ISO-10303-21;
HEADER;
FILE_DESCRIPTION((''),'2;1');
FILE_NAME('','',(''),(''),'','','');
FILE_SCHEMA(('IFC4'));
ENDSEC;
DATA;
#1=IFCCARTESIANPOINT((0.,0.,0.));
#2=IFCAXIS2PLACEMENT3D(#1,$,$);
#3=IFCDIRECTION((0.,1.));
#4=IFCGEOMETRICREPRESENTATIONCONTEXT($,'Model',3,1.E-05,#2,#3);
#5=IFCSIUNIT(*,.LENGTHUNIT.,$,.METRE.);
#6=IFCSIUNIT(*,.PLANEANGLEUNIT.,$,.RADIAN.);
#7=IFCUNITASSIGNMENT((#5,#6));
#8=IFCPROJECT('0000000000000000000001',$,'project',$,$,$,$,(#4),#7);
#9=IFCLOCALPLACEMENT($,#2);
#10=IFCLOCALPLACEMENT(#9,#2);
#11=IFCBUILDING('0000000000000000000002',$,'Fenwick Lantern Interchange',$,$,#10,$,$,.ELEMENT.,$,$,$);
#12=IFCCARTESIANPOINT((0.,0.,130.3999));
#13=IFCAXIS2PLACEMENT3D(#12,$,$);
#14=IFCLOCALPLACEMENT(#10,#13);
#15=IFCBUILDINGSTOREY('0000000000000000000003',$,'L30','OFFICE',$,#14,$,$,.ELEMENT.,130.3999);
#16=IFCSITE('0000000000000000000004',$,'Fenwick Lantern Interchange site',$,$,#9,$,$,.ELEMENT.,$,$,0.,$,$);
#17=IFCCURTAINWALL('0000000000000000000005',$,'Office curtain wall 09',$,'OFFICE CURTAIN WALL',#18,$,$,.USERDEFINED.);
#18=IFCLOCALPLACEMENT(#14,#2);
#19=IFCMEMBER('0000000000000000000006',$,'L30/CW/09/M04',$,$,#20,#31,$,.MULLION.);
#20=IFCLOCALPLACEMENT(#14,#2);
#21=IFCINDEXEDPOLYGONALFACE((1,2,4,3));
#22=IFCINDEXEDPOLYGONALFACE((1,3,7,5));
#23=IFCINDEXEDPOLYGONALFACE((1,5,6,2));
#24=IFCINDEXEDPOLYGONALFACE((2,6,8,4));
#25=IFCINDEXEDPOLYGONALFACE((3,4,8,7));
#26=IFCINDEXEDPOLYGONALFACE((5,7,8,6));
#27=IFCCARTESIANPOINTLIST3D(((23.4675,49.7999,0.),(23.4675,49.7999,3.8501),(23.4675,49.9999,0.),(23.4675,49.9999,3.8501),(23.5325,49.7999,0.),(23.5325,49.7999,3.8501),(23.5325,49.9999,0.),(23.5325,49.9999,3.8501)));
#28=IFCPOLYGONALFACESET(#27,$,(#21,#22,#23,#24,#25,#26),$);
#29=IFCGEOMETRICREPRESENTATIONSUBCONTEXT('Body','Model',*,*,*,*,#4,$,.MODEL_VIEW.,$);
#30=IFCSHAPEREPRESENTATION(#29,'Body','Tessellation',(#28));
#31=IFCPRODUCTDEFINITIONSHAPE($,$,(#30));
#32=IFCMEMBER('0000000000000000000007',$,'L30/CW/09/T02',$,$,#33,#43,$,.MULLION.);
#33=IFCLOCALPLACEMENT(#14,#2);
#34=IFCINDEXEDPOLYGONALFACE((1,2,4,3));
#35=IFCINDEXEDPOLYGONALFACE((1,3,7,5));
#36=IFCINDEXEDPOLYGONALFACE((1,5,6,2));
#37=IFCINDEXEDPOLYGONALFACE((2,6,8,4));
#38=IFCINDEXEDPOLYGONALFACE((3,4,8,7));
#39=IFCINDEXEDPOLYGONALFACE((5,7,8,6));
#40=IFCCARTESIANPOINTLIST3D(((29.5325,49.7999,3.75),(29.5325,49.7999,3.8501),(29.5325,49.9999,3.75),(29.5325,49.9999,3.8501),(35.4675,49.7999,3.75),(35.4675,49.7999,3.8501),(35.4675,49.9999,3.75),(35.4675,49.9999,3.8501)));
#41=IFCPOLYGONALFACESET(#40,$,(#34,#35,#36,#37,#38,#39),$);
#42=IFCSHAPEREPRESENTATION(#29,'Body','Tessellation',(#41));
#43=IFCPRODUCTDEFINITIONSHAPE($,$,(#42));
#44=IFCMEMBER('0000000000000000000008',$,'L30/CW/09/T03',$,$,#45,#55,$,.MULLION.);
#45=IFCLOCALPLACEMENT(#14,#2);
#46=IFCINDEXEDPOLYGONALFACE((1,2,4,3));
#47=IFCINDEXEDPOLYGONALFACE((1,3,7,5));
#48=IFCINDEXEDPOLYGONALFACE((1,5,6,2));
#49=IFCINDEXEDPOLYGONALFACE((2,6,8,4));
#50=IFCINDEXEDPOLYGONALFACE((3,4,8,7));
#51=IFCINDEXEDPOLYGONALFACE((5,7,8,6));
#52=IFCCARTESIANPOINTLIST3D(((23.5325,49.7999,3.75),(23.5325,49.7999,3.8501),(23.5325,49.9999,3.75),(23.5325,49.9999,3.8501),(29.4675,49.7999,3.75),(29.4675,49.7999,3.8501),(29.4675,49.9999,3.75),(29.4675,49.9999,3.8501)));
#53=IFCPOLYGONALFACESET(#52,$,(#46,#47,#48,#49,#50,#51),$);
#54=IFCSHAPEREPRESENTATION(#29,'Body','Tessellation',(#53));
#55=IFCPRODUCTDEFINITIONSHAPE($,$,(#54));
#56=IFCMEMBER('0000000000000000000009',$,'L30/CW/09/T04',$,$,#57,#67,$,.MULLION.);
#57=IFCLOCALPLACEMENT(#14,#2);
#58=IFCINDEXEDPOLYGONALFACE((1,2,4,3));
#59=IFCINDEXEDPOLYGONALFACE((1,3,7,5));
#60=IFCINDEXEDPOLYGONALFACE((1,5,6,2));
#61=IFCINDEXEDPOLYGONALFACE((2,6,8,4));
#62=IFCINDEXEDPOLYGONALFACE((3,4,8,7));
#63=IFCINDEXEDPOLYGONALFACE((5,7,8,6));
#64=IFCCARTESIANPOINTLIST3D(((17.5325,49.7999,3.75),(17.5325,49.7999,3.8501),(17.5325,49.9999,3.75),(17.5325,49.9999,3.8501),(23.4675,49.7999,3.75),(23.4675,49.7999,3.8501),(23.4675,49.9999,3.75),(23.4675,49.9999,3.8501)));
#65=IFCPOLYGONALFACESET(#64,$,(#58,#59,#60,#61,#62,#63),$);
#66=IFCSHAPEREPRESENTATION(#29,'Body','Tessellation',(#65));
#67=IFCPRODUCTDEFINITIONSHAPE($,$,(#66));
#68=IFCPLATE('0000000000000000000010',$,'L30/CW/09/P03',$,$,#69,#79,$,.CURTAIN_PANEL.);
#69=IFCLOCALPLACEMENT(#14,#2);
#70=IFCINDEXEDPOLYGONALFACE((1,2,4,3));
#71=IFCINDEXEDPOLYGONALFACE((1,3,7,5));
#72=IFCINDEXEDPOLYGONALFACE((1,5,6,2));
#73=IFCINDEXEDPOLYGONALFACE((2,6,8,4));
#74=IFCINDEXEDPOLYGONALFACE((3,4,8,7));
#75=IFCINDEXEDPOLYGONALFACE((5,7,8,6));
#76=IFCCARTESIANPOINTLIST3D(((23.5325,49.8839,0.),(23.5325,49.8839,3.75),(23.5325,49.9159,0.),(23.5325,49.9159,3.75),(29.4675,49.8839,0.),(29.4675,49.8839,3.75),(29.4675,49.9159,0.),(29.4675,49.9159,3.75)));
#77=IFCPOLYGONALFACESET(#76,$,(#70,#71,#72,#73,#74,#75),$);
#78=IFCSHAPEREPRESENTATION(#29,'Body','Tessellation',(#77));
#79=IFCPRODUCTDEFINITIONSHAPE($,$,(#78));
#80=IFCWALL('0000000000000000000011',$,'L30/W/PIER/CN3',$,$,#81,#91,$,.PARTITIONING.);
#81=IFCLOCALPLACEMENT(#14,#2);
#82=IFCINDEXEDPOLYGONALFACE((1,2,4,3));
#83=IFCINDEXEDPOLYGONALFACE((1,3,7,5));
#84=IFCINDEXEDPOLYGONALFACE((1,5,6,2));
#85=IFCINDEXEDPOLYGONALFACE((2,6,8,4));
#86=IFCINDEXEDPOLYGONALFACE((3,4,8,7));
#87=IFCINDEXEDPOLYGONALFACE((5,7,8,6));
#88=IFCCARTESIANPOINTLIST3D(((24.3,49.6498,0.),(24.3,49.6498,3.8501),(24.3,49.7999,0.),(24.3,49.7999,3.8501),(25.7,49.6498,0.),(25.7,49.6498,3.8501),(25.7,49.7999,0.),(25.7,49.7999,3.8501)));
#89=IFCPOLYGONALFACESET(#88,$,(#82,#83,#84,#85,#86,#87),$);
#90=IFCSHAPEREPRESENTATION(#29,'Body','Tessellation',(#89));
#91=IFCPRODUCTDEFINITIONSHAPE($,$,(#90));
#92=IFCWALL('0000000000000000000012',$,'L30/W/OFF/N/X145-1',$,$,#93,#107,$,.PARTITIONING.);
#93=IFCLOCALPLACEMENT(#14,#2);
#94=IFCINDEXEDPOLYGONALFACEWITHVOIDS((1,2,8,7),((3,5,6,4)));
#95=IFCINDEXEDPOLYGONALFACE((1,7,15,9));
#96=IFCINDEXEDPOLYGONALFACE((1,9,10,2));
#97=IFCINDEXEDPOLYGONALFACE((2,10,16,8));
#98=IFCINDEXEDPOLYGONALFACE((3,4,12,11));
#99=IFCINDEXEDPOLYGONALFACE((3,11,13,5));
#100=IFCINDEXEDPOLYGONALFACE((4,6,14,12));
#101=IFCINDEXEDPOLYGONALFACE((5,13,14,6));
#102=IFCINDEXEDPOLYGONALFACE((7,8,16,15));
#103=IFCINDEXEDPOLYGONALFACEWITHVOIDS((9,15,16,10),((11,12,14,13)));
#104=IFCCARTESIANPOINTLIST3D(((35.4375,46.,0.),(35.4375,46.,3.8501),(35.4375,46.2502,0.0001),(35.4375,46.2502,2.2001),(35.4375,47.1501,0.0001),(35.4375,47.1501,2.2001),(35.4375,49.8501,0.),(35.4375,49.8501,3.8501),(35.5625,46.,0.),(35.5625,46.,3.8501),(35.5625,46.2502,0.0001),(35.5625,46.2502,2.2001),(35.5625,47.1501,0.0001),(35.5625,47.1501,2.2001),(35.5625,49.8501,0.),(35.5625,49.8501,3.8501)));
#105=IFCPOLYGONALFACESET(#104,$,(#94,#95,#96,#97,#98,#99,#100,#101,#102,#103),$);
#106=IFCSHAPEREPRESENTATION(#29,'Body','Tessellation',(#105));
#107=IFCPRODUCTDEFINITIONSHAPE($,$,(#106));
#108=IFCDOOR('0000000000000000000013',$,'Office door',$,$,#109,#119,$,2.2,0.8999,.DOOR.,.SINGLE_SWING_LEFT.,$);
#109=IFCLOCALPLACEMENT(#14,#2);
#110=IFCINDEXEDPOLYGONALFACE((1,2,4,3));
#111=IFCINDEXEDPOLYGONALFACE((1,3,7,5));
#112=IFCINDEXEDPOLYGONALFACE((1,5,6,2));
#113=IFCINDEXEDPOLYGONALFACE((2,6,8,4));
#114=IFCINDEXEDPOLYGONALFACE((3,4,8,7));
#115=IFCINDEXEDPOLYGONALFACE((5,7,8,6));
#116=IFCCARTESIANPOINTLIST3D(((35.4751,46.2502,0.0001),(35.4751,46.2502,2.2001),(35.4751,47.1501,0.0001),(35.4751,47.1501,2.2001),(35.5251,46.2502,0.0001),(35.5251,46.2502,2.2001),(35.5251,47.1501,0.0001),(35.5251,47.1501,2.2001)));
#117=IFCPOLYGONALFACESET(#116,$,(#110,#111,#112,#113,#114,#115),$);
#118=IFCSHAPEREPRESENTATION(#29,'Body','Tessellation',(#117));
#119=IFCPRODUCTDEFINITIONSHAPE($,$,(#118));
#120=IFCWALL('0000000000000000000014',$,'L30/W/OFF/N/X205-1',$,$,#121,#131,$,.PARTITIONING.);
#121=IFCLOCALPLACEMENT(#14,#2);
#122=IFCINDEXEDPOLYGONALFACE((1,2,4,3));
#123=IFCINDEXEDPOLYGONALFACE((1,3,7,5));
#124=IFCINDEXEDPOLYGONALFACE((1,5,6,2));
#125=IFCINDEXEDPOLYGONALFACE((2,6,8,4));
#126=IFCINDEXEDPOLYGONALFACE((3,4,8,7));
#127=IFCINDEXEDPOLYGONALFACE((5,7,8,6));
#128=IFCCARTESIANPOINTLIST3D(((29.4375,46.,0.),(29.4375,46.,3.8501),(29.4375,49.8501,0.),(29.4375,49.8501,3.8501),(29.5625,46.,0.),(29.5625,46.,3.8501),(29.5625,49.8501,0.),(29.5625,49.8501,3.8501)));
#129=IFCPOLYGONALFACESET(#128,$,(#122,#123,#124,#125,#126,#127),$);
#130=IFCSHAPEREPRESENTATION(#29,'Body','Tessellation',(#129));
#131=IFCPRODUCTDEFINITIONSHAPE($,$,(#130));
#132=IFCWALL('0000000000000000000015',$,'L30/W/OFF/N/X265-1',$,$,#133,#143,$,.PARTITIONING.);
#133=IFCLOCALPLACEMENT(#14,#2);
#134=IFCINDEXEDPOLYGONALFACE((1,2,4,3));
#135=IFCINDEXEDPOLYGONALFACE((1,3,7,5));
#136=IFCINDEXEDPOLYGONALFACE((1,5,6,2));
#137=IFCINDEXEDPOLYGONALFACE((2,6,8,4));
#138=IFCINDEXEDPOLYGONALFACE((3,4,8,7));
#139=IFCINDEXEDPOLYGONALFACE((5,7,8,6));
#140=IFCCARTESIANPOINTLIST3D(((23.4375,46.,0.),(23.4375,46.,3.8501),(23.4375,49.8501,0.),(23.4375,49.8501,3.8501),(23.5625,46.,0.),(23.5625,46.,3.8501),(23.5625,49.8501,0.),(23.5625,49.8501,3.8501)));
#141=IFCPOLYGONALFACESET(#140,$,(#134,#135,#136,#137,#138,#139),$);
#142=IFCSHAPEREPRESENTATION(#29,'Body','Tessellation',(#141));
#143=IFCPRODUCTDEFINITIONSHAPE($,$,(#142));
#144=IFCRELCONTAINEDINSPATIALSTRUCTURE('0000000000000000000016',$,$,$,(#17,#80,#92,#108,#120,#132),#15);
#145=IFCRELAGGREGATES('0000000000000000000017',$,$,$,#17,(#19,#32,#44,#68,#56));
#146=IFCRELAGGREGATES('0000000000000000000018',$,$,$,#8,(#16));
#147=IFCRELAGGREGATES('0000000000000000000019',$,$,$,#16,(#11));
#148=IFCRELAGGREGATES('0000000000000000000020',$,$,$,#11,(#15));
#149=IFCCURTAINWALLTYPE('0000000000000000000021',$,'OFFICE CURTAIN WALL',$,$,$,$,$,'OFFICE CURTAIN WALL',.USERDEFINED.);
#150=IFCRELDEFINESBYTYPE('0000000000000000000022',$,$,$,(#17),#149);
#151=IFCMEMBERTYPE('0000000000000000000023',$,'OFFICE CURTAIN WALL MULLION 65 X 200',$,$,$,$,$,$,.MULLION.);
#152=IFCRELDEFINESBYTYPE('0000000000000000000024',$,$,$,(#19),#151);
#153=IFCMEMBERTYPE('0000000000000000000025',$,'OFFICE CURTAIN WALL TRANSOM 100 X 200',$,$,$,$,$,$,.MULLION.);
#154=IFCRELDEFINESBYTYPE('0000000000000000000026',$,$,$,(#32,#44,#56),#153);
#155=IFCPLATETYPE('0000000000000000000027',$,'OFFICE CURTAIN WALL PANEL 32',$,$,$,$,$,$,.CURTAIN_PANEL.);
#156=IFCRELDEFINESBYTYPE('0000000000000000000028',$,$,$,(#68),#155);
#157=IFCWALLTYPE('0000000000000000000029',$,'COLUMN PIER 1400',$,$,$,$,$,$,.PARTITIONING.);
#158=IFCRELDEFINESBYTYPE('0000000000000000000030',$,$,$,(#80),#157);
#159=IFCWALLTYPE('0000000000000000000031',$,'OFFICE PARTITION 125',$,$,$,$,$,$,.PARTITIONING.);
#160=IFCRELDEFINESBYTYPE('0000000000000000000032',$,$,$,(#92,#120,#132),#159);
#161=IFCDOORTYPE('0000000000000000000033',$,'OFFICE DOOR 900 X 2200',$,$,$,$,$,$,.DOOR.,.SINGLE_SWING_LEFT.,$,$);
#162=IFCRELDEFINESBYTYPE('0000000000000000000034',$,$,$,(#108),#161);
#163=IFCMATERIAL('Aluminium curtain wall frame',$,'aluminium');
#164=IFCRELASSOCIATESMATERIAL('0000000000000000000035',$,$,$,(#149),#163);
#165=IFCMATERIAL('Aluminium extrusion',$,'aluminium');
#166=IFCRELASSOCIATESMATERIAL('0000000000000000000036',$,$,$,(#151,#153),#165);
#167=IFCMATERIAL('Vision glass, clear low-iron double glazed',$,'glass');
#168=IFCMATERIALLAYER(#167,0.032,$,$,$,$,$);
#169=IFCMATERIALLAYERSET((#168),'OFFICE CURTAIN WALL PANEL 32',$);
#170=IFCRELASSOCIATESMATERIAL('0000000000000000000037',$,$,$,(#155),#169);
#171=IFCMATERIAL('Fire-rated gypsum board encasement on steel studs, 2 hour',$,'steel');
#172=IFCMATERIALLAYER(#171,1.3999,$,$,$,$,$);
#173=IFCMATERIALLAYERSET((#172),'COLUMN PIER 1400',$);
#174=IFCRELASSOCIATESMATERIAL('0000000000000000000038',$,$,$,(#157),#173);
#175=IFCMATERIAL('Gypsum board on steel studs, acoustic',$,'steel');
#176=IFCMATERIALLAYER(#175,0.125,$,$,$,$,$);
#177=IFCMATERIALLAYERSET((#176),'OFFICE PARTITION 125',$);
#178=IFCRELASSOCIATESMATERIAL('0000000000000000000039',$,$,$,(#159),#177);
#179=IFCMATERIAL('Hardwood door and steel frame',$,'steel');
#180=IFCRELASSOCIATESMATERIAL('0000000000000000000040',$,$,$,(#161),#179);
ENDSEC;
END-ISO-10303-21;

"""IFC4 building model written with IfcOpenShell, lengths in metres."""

from ifc_helpers import new_model, si_unit, direction, frame, frame_2d, origin, origin_2d, place, context, subcontext, project, spatial, rectangle, extrude, material, layer, layer_set, material_profile, profile_set, type_object, element, fill, aggregate, save


model = new_model("IFC4")

# Units and contexts
model_context = context("Model", 3, precision=1e-05, world=origin(), true_north=direction((0.0, 1.0)))
body_context = subcontext(model_context, "Body", "Model", "MODEL_VIEW")
ifc_project = project(units=[si_unit("LENGTHUNIT", "METRE"), si_unit("PLANEANGLEUNIT", "RADIAN")], contexts=[model_context])

# Site, building, storey
site_placement = place(None, origin())
site = spatial("IfcSite", under=ifc_project, at=site_placement, Name="Fenwick Lantern Interchange site", CompositionType="ELEMENT", RefElevation=0.0)
building_placement = place(site_placement, origin())
building = spatial("IfcBuilding", under=site, at=building_placement, Name="Fenwick Lantern Interchange", CompositionType="ELEMENT")
storey_placement = place(building_placement, frame((0.0, 0.0, 130.3999)))
storey = spatial("IfcBuildingStorey", under=building, at=storey_placement, Name="L30", Description="OFFICE", CompositionType="ELEMENT", Elevation=130.3999)

# Curtain wall, members, plate
ifc_material_1 = material(Name="Aluminium curtain wall frame", Category="aluminium")
curtain_wall_type = type_object("IfcCurtainWallType", Name="OFFICE CURTAIN WALL", ElementType="OFFICE CURTAIN WALL", PredefinedType="USERDEFINED", material=ifc_material_1)
curtain_wall_placement = place(storey_placement, origin())
curtain_wall = element("IfcCurtainWall", 1, at=curtain_wall_placement, inside=storey, type_object=curtain_wall_type, Name="Office curtain wall 09", ObjectType="OFFICE CURTAIN WALL", PredefinedType="USERDEFINED")
ifc_material_2 = material(Name="Aluminium extrusion", Category="aluminium")
ifc_material_profile_1 = material_profile(ifc_material_2, rectangle(XDim=0.2, YDim=0.0649, at=origin_2d()), Name="OFFICE CURTAIN WALL MULLION 65 X 200")
ifc_profile_set_1 = profile_set([ifc_material_profile_1], Name="Aluminium extrusion")
member_type_1 = type_object("IfcMemberType", Name="OFFICE CURTAIN WALL MULLION 65 X 200", PredefinedType="MULLION", material=ifc_profile_set_1)
member_1_placement = place(storey_placement, frame((23.5, 49.8999, 0.0), z_axis=(0.0, 0.0, 1.0), x_axis=(0.0, -1.0, 0.0)))
member_1 = element("IfcMember", 2, at=member_1_placement, type_object=member_type_1, Name="L30/CW/09/M04", PredefinedType="MULLION", context=body_context, shape_type="SweptSolid", body=[
    extrude(rectangle(XDim=0.2, YDim=0.0649, at=origin_2d()), origin(), (0.0, 0.0, 1.0), 3.8501),
])
ifc_material_profile_2 = material_profile(ifc_material_2, rectangle(XDim=0.2, YDim=0.1001, at=origin_2d()), Name="OFFICE CURTAIN WALL TRANSOM 100 X 200")
ifc_profile_set_2 = profile_set([ifc_material_profile_2], Name="Aluminium extrusion")
member_type_2 = type_object("IfcMemberType", Name="OFFICE CURTAIN WALL TRANSOM 100 X 200", PredefinedType="MULLION", material=ifc_profile_set_2)
member_2_placement = place(storey_placement, frame((35.4675, 49.8999, 3.8), z_axis=(-1.0, 0.0, 0.0), x_axis=(0.0, -1.0, 0.0)))
member_2 = element("IfcMember", 3, at=member_2_placement, type_object=member_type_2, Name="L30/CW/09/T02", PredefinedType="MULLION", context=body_context, shape_type="SweptSolid", body=[
    extrude(rectangle(XDim=0.2, YDim=0.1001, at=origin_2d()), origin(), (0.0, 0.0, 1.0), 5.9351),
])
member_3_placement = place(storey_placement, frame((29.4675, 49.8999, 3.8), z_axis=(-1.0, 0.0, 0.0), x_axis=(0.0, -1.0, 0.0)))
member_3 = element("IfcMember", 4, at=member_3_placement, type_object=member_type_2, Name="L30/CW/09/T03", PredefinedType="MULLION", context=body_context, shape_type="SweptSolid", body=[
    extrude(rectangle(XDim=0.2, YDim=0.1001, at=origin_2d()), origin(), (0.0, 0.0, 1.0), 5.9351),
])
member_4_placement = place(storey_placement, frame((23.4675, 49.8999, 3.8), z_axis=(-1.0, 0.0, 0.0), x_axis=(0.0, -1.0, 0.0)))
member_4 = element("IfcMember", 5, at=member_4_placement, type_object=member_type_2, Name="L30/CW/09/T04", PredefinedType="MULLION", context=body_context, shape_type="SweptSolid", body=[
    extrude(rectangle(XDim=0.2, YDim=0.1001, at=origin_2d()), origin(), (0.0, 0.0, 1.0), 5.9351),
])
ifc_material_3 = material(Name="Vision glass, clear low-iron double glazed", Category="glass")
ifc_layer_1 = layer(ifc_material_3, 0.032)
ifc_layer_set_1 = layer_set([ifc_layer_1], Name="OFFICE CURTAIN WALL PANEL 32")
plate_type = type_object("IfcPlateType", Name="OFFICE CURTAIN WALL PANEL 32", PredefinedType="CURTAIN_PANEL", material=ifc_layer_set_1)
plate_placement = place(storey_placement, frame((26.5, 49.8999, 0.0), z_axis=(0.0, 0.0, 1.0), x_axis=(-1.0, 0.0, 0.0)))
plate = element("IfcPlate", 6, at=plate_placement, type_object=plate_type, Name="L30/CW/09/P03", PredefinedType="CURTAIN_PANEL", context=body_context, shape_type="SweptSolid", body=[
    extrude(rectangle(XDim=5.9351, YDim=0.032, at=origin_2d()), origin(), (0.0, 0.0, 1.0), 3.75),
])
aggregate(curtain_wall, [member_1, member_2, member_3, plate, member_4])

# Wall
ifc_material_4 = material(Name="Fire-rated gypsum board encasement on steel studs, 2 hour", Category="steel")
ifc_layer_2 = layer(ifc_material_4, 1.3999)
ifc_layer_set_2 = layer_set([ifc_layer_2], Name="COLUMN PIER 1400")
wall_type_1 = type_object("IfcWallType", Name="COLUMN PIER 1400", PredefinedType="PARTITIONING", material=ifc_layer_set_2)
wall_1_placement = place(storey_placement, frame((25.0, 49.8, 0.0), z_axis=(0.0, 0.0, 1.0), x_axis=(0.0, -1.0, 0.0)))
element("IfcWall", 7, at=wall_1_placement, inside=storey, type_object=wall_type_1, Name="L30/W/PIER/CN3", PredefinedType="PARTITIONING", context=body_context, shape_type="SweptSolid", body=[
    extrude(rectangle(XDim=0.1501, YDim=1.3999, at=frame_2d((0.0752, 0.0))), origin(), (0.0, 0.0, 1.0), 3.8501),
])

# Wall, opening, door
ifc_material_5 = material(Name="Gypsum board on steel studs, acoustic", Category="steel")
ifc_layer_3 = layer(ifc_material_5, 0.125)
ifc_layer_set_3 = layer_set([ifc_layer_3], Name="OFFICE PARTITION 125")
wall_type_2 = type_object("IfcWallType", Name="OFFICE PARTITION 125", PredefinedType="PARTITIONING", material=ifc_layer_set_3)
wall_2_placement = place(storey_placement, frame((35.5, 49.8501, 0.0), z_axis=(0.0, 0.0, 1.0), x_axis=(0.0, -1.0, 0.0)))
wall_2 = element("IfcWall", 8, at=wall_2_placement, inside=storey, type_object=wall_type_2, Name="L30/W/OFF/N/X145-1", PredefinedType="PARTITIONING", context=body_context, shape_type="SweptSolid", body=[
    extrude(rectangle(XDim=3.8501, YDim=0.125, at=frame_2d((1.925, 0.0))), origin(), (0.0, 0.0, 1.0), 3.8501),
])
opening_1_placement = place(wall_2_placement, frame((2.7, 0.0, 0.0)))
opening_1 = element("IfcOpeningElement", 9, at=opening_1_placement, cuts=wall_2, PredefinedType="OPENING", context=body_context, shape_type="SweptSolid", body=[
    extrude(rectangle(XDim=0.8999, YDim=2.2, at=frame_2d((0.45, 1.1001))), frame((0.0, 0.0725, 0.0), z_axis=(0.0, -1.0, 0.0), x_axis=(1.0, 0.0, 0.0)), (0.0, 0.0, 1.0), 0.145),
])
ifc_material_6 = material(Name="Hardwood door and steel frame", Category="steel")
door_type_1 = type_object("IfcDoorType", Name="OFFICE DOOR 900 X 2200", OperationType="SINGLE_SWING_LEFT", PredefinedType="DOOR", material=ifc_material_6)
door_1_placement = place(opening_1_placement, frame((0.8999, 0.0, 0.0), z_axis=(0.0, 0.0, 1.0), x_axis=(-1.0, 0.0, 0.0)))
door_1 = element("IfcDoor", 10, at=door_1_placement, inside=storey, type_object=door_type_1, Name="Office door", OperationType="SINGLE_SWING_LEFT", OverallHeight=2.2, OverallWidth=0.8999, PredefinedType="DOOR", context=body_context, shape_type="SweptSolid", body=[
    extrude(rectangle(XDim=0.8999, YDim=2.2, at=frame_2d((0.45, 1.1001))), frame((0.0, 0.0249, 0.0), z_axis=(0.0, -1.0, 0.0), x_axis=(1.0, 0.0, 0.0)), (0.0, 0.0, 1.0), 0.05),
])
fill(opening_1, door_1)

# Walls
for number, where, z_axis, x_axis, name in (
    (11, (29.5, 49.8501, 0.0), (0.0, 0.0, 1.0), (0.0, -1.0, 0.0), "L30/W/OFF/N/X205-1"),
    (12, (23.5, 49.8501, 0.0), (0.0, 0.0, 1.0), (0.0, -1.0, 0.0), "L30/W/OFF/N/X265-1"),
):
    element("IfcWall", number, at=place(storey_placement, frame(where, z_axis=z_axis, x_axis=x_axis)), inside=storey, type_object=wall_type_2, Name=name, PredefinedType="PARTITIONING", context=body_context, shape_type="SweptSolid", body=[
        extrude(rectangle(XDim=3.8501, YDim=0.125, at=frame_2d((1.925, 0.0))), origin(), (0.0, 0.0, 1.0), 3.8501),
    ])

save(model, "model.ifc")
